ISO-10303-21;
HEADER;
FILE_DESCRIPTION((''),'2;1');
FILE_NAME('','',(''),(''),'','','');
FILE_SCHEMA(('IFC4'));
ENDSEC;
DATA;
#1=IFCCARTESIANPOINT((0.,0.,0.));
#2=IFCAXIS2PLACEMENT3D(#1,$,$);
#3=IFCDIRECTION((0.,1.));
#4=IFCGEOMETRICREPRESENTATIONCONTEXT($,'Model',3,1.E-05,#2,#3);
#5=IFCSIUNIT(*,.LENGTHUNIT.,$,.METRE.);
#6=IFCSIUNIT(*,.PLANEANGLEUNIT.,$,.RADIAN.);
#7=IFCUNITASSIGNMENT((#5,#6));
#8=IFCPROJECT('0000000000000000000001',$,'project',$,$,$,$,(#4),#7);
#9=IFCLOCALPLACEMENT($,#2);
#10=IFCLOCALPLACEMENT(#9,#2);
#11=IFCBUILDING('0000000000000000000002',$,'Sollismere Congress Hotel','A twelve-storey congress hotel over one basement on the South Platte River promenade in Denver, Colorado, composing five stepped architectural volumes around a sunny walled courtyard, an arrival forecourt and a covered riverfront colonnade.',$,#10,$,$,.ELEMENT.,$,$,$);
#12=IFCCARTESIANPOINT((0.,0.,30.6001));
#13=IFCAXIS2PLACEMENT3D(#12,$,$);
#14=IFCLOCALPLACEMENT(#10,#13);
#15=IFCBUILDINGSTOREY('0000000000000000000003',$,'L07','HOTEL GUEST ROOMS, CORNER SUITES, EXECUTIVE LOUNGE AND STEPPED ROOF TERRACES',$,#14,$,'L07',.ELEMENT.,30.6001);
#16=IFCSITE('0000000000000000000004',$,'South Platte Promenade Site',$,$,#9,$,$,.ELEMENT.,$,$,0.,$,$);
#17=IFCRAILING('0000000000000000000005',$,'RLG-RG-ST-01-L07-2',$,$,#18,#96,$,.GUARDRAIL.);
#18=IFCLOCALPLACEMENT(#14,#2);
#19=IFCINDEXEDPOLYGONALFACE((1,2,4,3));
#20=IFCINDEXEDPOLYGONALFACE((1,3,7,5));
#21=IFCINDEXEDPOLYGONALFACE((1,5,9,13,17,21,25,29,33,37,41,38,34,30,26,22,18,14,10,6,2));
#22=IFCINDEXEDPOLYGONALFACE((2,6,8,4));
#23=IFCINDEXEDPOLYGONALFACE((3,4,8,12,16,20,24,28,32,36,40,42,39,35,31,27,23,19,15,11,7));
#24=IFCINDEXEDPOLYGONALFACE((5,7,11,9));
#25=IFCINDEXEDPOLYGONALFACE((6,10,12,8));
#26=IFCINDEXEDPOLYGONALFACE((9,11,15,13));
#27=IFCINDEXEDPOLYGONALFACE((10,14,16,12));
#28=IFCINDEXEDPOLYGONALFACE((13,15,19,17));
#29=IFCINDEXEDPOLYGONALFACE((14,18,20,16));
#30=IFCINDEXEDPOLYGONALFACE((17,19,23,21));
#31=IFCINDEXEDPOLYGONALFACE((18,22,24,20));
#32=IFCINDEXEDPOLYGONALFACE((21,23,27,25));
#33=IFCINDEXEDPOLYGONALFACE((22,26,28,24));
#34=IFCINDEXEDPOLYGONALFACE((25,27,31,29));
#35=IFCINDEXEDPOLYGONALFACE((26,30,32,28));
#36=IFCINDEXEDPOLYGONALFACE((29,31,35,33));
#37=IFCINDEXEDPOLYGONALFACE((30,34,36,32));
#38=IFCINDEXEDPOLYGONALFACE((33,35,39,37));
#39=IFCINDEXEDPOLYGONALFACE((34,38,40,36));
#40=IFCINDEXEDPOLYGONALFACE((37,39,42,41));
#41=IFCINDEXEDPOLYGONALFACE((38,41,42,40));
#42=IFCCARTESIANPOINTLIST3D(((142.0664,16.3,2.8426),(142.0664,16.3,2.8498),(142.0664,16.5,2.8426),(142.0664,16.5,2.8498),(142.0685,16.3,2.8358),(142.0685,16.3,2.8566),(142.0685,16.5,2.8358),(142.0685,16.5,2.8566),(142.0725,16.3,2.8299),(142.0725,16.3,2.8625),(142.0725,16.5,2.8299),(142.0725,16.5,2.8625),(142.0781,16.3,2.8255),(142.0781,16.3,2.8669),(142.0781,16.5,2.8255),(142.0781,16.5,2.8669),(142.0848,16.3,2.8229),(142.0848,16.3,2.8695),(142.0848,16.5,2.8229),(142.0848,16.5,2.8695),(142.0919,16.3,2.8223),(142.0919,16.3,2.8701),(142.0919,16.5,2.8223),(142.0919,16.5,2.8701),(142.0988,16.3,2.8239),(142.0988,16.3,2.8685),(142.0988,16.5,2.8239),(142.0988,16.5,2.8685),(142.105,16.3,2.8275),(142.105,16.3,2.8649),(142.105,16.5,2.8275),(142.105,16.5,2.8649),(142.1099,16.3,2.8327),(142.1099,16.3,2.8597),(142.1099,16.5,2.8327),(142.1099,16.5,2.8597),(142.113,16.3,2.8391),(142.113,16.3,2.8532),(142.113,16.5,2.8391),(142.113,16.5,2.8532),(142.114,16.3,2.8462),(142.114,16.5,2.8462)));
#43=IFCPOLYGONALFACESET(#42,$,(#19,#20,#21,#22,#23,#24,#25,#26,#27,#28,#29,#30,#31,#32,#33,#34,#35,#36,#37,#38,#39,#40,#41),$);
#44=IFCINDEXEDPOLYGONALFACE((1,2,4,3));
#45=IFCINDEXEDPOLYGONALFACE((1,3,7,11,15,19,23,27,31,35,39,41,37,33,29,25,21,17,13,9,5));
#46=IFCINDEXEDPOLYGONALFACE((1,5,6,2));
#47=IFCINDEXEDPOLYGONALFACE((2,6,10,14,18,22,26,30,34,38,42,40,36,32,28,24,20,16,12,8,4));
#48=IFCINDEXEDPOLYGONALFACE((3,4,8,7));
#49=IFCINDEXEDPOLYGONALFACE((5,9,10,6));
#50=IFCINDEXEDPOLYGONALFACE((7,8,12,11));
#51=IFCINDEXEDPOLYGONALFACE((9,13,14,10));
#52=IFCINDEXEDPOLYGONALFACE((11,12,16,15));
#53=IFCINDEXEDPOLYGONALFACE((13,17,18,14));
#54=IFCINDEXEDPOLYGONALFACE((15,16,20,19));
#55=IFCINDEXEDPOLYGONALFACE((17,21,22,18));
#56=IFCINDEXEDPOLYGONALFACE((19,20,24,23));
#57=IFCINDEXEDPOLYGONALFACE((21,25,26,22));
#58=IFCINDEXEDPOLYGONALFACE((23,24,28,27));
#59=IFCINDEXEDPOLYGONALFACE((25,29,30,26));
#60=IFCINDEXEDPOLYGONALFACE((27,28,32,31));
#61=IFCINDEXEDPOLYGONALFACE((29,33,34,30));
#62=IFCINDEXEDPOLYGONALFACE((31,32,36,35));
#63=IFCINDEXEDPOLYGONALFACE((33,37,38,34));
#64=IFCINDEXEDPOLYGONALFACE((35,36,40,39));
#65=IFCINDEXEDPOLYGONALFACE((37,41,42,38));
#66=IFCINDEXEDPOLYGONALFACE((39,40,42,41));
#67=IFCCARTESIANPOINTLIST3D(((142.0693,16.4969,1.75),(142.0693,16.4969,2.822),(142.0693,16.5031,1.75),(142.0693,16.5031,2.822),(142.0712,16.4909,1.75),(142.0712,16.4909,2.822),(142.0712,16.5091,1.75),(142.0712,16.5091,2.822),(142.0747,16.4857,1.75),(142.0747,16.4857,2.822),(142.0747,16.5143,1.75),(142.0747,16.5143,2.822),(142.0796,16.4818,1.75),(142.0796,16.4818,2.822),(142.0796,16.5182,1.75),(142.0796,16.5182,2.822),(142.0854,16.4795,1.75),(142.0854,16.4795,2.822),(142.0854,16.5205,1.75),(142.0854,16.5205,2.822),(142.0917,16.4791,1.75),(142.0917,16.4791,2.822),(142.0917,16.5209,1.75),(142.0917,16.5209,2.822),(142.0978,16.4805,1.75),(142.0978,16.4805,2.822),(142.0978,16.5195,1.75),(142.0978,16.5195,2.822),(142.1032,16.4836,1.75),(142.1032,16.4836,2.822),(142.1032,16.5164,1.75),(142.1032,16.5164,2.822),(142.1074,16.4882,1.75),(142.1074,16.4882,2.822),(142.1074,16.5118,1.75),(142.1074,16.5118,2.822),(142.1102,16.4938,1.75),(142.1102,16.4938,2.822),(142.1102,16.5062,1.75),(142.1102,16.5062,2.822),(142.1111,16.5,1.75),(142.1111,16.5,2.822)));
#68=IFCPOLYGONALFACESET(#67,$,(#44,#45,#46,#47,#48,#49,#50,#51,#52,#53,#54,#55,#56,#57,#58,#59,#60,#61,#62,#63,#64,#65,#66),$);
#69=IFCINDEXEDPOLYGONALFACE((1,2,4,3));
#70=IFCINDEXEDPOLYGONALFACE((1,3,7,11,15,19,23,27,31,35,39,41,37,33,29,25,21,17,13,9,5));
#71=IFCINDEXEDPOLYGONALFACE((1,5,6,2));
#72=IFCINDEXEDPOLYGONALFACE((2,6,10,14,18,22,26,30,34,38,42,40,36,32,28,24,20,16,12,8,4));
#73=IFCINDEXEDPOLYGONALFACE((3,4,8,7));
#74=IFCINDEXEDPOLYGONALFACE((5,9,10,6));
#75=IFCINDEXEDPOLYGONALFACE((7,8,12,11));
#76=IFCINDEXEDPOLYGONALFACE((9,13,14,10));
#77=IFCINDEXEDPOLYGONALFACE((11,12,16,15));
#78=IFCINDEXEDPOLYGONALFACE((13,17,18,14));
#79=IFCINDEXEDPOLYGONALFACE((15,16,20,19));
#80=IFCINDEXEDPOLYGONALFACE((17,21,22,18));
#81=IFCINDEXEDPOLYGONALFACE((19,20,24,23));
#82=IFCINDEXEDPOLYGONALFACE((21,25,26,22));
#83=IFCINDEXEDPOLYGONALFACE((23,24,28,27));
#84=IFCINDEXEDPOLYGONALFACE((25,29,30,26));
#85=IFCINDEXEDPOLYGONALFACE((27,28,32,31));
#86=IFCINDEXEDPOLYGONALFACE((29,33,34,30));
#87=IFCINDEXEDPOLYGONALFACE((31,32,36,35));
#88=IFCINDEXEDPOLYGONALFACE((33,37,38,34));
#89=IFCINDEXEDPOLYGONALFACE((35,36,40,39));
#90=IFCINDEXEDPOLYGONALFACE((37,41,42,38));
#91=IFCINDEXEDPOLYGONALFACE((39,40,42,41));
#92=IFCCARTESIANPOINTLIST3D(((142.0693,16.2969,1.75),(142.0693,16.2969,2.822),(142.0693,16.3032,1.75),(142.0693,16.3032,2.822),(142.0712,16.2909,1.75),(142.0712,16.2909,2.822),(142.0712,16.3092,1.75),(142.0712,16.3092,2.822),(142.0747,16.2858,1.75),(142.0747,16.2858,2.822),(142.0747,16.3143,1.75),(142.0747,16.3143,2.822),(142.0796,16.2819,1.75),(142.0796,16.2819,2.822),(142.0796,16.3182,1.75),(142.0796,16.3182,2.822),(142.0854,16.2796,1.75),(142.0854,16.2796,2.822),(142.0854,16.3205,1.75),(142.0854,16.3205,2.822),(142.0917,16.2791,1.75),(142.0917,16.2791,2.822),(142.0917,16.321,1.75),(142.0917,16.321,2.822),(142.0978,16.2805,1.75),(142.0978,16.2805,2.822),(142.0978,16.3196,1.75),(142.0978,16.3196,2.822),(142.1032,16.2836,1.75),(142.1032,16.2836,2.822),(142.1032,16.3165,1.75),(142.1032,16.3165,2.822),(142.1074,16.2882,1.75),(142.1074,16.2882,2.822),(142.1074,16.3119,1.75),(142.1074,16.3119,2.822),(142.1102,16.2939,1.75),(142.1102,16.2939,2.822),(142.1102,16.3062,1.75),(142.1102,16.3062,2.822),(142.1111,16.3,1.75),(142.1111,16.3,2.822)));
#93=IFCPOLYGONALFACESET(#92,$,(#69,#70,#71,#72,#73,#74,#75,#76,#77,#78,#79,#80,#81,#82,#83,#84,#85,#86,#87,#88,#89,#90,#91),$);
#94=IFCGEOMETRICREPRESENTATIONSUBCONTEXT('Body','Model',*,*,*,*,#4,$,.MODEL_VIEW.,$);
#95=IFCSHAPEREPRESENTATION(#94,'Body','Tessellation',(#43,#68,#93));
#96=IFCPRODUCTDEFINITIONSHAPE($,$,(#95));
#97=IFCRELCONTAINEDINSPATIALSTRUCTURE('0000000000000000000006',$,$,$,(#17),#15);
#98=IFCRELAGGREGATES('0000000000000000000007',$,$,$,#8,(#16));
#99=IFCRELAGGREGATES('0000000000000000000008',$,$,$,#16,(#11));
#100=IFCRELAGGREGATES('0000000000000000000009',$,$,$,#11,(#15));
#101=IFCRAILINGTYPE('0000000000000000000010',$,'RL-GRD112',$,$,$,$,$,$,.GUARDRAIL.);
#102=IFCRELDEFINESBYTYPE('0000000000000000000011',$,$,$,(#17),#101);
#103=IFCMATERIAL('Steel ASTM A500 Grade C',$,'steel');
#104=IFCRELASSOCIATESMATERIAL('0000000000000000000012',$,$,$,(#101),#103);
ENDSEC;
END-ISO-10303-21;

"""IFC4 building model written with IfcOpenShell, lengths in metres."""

from ifc_helpers import new_model, si_unit, direction, frame, origin, origin_2d, place, context, subcontext, project, spatial, circle, extrude, material, type_object, element, save


model = new_model("IFC4")

# Units and contexts
model_context = context("Model", 3, precision=1e-05, world=origin(), true_north=direction((0.0, 1.0)))
body_context = subcontext(model_context, "Body", "Model", "MODEL_VIEW")
ifc_project = project(units=[si_unit("LENGTHUNIT", "METRE"), si_unit("PLANEANGLEUNIT", "RADIAN")], contexts=[model_context])

# Site, building, storey
site_placement = place(None, origin())
site = spatial("IfcSite", under=ifc_project, at=site_placement, Name="South Platte Promenade Site", CompositionType="ELEMENT", RefElevation=0.0)
building_placement = place(site_placement, origin())
building = spatial("IfcBuilding", under=site, at=building_placement, Name="Sollismere Congress Hotel", Description="A twelve-storey congress hotel over one basement on the South Platte River promenade in Denver, Colorado, composing five stepped architectural volumes around a sunny walled courtyard, an arrival forecourt and a covered riverfront colonnade.", CompositionType="ELEMENT")
storey_placement = place(building_placement, frame((0.0, 0.0, 30.6001)))
storey = spatial("IfcBuildingStorey", under=building, at=storey_placement, Name="L07", Description="HOTEL GUEST ROOMS, CORNER SUITES, EXECUTIVE LOUNGE AND STEPPED ROOF TERRACES", LongName="L07", CompositionType="ELEMENT", Elevation=30.6001)

# Railing
ifc_material_1 = material(Name="Steel ASTM A500 Grade C", Category="steel")
railing_type_1 = type_object("IfcRailingType", Name="RL-GRD112", PredefinedType="GUARDRAIL", material=ifc_material_1)
railing_1_placement = place(storey_placement, frame((142.0901, 16.5, 1.75)))
element("IfcRailing", 1, at=railing_1_placement, inside=storey, type_object=railing_type_1, Name="RLG-RG-ST-01-L07-2", PredefinedType="GUARDRAIL", context=body_context, shape_type="SweptSolid", body=[
    extrude(circle(Radius=0.0239, at=origin_2d()), frame((0.0, 0.0, 1.0962), z_axis=(0.0, -1.0, 0.0), x_axis=(1.0, 0.0, 0.0)), (0.0, 0.0, 1.0), 0.2),
    extrude(circle(Radius=0.021, at=origin_2d()), origin(), (0.0, 0.0, 1.0), 1.072),
    extrude(circle(Radius=0.021, at=origin_2d()), frame((0.0, -0.2, 0.0)), (0.0, 0.0, 1.0), 1.072),
])

save(model, "model.ifc")
